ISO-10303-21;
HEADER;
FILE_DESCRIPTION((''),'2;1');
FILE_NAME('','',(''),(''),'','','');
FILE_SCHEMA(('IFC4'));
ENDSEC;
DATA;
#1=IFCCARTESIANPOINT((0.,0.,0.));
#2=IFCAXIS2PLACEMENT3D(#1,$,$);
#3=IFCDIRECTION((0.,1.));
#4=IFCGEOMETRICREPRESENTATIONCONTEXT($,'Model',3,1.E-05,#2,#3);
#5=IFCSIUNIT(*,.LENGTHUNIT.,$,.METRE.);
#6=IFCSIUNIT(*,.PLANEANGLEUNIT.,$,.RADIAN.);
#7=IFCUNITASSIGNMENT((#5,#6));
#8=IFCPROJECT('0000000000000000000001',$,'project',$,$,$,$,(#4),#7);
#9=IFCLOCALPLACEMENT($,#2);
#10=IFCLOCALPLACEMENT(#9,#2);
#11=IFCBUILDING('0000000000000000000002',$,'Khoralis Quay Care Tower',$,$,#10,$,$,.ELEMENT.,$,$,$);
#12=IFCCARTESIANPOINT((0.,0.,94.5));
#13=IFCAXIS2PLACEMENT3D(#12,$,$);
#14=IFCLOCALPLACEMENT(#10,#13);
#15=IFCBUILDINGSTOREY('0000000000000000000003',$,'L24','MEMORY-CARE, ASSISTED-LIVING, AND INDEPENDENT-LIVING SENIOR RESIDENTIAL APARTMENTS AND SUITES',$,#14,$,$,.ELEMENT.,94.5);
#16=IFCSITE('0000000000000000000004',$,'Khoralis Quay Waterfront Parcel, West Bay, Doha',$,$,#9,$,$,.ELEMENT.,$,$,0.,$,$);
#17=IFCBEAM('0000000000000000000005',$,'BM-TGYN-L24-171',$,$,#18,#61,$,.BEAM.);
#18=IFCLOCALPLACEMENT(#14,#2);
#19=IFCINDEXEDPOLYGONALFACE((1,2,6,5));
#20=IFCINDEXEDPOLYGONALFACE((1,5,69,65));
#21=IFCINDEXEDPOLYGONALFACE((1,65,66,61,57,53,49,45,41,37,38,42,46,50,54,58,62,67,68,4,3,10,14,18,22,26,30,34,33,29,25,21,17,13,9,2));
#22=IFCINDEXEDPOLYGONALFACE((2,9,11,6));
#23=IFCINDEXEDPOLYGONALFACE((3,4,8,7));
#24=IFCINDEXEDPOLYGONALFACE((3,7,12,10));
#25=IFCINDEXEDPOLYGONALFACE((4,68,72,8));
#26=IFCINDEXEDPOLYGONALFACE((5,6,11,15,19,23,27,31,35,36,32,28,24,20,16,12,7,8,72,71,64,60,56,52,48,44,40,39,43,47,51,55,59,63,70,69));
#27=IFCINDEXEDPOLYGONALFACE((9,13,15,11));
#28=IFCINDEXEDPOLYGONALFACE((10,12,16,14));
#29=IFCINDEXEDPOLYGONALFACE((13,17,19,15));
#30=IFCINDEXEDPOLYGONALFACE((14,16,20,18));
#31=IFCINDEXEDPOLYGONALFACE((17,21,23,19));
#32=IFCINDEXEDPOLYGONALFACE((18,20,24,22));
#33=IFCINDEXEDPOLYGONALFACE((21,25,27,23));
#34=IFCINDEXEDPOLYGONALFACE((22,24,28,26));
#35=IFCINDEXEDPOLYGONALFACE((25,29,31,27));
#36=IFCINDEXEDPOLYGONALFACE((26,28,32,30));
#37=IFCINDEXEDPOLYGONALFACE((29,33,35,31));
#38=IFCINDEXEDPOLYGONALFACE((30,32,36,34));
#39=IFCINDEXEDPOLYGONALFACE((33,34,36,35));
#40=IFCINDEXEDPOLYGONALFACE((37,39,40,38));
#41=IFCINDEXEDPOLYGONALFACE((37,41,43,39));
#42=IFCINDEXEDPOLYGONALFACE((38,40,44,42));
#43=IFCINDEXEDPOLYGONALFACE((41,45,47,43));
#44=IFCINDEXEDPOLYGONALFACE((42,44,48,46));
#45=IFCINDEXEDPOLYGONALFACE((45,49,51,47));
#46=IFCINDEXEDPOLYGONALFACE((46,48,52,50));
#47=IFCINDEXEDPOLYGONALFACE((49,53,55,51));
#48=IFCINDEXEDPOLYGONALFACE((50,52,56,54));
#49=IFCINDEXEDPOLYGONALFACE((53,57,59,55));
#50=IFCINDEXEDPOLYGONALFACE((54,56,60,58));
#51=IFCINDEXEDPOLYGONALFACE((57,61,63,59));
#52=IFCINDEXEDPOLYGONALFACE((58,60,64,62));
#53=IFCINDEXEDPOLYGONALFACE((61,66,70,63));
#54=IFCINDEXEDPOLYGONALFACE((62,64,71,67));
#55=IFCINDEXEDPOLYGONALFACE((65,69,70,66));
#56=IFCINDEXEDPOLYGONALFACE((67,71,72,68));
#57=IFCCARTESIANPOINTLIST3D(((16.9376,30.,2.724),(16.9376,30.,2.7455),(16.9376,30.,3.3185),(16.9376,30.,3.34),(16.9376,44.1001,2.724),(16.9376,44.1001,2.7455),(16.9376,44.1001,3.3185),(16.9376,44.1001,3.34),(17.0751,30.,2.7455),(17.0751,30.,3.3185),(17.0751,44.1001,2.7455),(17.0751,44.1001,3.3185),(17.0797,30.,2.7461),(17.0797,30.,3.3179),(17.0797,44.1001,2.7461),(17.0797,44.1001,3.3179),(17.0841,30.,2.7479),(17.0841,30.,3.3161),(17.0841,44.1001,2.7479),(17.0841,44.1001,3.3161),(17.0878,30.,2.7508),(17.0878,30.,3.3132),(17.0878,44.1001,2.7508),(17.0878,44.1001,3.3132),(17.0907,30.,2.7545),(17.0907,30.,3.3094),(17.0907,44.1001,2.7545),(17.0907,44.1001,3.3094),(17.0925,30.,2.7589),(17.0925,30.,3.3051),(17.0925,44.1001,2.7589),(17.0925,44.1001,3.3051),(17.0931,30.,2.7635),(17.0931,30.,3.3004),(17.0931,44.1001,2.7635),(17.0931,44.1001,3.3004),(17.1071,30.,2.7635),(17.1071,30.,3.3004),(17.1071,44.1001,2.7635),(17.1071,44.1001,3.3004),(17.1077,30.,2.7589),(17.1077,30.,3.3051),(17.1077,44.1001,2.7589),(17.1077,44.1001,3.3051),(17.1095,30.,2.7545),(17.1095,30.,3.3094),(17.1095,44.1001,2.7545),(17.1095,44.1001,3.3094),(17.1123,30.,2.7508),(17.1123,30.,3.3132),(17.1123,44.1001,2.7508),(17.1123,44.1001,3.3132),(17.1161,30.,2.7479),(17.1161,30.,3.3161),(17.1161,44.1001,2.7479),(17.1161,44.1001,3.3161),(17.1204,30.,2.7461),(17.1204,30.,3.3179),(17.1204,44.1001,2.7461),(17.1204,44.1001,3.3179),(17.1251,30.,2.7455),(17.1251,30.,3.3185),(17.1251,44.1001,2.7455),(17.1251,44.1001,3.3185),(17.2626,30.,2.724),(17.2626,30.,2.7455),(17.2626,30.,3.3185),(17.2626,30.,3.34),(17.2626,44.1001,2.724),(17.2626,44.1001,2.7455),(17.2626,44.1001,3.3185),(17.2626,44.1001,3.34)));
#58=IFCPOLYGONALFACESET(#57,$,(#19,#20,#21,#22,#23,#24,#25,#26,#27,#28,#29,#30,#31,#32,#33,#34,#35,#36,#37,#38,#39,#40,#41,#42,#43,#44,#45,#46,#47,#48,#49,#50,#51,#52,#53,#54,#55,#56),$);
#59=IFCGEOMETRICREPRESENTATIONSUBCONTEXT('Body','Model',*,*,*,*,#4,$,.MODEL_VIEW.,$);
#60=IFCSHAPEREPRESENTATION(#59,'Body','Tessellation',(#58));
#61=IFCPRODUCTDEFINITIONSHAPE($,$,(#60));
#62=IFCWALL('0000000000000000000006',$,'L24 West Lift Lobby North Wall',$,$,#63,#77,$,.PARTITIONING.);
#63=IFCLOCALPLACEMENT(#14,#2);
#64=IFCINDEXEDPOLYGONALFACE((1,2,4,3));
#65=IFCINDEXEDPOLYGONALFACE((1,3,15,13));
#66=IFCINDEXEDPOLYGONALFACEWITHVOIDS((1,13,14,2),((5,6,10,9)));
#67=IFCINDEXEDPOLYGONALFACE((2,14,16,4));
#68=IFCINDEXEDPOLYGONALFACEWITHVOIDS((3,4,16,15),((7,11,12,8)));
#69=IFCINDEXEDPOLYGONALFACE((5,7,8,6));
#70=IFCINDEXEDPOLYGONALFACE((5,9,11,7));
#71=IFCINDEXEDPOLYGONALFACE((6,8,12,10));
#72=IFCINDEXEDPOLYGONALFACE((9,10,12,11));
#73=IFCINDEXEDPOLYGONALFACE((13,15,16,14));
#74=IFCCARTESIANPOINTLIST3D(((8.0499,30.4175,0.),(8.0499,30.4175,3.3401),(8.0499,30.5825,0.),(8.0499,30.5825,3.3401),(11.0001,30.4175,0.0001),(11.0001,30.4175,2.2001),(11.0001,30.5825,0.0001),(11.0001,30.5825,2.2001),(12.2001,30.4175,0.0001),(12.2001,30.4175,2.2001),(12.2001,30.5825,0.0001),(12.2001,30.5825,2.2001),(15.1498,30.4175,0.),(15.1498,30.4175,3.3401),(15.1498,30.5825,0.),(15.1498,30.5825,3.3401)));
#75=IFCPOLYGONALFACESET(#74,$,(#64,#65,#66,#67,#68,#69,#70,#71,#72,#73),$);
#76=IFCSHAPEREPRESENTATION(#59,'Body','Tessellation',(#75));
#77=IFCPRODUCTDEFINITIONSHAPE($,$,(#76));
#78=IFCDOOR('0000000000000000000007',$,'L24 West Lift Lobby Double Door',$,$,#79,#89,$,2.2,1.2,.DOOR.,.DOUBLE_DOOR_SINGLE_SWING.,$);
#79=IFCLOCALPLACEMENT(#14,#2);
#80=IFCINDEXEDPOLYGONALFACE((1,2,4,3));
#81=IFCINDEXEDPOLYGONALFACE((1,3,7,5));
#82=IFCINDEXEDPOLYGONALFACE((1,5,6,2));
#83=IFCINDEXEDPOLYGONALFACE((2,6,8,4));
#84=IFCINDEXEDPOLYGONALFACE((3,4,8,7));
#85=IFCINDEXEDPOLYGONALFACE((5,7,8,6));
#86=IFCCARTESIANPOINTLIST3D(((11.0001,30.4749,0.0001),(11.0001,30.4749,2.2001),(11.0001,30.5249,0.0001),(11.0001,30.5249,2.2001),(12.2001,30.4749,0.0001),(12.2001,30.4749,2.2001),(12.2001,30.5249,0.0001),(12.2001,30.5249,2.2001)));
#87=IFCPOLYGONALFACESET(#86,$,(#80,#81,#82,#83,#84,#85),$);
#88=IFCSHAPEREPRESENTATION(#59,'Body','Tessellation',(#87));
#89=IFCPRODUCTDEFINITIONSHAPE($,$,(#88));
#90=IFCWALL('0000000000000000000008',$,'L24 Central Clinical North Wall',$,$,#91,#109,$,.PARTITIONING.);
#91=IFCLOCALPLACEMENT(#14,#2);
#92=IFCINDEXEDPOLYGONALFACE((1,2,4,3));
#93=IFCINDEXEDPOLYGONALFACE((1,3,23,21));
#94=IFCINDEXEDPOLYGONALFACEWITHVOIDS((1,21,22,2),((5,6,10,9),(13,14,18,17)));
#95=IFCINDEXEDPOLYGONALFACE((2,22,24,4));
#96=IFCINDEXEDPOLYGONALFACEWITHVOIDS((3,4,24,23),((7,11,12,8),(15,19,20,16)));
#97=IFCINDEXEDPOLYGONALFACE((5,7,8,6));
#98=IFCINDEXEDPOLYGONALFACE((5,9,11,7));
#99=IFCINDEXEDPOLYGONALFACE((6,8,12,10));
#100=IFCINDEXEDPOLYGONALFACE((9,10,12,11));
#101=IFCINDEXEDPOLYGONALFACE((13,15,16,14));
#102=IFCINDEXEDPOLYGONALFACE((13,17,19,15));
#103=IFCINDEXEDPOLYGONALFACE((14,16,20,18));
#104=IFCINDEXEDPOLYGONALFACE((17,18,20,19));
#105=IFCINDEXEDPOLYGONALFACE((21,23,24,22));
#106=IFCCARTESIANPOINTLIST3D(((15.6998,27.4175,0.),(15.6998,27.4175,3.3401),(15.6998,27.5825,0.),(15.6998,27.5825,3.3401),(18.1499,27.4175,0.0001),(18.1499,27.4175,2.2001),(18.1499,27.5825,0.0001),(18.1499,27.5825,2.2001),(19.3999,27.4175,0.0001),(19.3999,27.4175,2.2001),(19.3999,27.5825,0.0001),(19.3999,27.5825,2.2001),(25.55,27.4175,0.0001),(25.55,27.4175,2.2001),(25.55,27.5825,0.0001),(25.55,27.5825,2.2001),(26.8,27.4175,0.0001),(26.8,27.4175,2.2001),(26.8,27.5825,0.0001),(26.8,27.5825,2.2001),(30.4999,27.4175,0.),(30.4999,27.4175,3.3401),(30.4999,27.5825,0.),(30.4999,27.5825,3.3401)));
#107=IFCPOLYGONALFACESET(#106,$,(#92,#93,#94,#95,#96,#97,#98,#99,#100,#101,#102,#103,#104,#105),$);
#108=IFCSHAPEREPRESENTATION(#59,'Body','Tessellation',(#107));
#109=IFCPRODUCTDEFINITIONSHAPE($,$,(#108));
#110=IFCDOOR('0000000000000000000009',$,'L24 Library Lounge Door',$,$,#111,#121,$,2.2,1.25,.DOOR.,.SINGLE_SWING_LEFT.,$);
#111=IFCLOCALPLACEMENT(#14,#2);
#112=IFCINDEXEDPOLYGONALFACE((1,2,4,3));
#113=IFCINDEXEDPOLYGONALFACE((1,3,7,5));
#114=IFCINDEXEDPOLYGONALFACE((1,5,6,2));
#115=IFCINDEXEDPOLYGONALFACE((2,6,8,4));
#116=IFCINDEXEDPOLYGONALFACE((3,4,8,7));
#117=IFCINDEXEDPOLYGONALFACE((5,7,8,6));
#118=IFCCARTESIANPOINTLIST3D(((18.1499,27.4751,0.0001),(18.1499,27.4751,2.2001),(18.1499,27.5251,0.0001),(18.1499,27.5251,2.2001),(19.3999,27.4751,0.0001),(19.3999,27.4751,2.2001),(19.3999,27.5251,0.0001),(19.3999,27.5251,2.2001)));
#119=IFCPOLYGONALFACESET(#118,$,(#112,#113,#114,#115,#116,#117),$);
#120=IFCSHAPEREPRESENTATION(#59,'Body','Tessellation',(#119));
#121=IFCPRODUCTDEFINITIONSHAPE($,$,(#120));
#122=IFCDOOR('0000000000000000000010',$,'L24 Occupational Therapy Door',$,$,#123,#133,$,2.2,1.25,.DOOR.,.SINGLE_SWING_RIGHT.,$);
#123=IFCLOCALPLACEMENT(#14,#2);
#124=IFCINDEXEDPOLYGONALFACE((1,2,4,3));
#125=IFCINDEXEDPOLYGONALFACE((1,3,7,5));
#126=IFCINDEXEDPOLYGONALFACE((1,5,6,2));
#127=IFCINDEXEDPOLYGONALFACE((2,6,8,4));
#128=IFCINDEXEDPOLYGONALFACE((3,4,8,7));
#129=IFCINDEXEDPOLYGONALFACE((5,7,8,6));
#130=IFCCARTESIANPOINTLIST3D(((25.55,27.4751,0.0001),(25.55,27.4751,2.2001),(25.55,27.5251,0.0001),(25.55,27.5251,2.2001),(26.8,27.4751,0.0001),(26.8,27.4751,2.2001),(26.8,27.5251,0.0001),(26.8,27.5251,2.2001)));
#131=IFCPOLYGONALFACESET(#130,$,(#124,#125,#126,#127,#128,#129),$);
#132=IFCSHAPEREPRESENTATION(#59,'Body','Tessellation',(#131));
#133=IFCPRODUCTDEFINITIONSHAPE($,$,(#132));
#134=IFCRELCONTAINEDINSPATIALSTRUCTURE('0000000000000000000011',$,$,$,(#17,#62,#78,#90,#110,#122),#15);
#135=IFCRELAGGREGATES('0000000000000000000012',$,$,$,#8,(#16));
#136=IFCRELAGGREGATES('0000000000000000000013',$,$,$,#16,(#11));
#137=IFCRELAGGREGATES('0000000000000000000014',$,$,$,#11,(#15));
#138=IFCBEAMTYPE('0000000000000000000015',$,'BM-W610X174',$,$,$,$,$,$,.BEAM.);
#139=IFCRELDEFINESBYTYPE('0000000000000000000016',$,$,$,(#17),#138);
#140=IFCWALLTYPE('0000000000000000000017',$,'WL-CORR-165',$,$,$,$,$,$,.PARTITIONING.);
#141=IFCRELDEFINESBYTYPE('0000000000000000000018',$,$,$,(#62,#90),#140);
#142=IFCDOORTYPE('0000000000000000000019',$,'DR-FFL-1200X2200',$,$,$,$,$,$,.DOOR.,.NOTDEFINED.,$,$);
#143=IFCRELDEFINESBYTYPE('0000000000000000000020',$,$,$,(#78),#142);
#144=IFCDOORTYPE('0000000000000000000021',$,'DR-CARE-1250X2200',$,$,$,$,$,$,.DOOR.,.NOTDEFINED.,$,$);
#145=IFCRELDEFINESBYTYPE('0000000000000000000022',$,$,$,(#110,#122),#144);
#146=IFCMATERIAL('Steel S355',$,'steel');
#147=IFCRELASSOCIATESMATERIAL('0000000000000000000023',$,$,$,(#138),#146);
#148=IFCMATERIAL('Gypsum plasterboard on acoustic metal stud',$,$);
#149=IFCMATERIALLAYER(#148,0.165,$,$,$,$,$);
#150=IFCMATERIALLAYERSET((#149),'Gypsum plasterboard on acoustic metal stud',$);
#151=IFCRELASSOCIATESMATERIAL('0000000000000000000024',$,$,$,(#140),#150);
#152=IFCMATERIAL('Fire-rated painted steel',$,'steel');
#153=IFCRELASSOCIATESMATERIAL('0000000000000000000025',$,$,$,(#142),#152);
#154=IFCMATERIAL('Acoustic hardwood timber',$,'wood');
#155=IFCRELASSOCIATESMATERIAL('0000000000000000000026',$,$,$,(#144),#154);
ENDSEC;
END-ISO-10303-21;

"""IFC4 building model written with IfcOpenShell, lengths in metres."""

from ifc_helpers import new_model, si_unit, direction, frame, frame_2d, origin, origin_2d, place, context, subcontext, project, spatial, rectangle, i_section, extrude, source, transform, mapped, material, layer, layer_set, material_profile, profile_set, type_object, element, fill, save


model = new_model("IFC4")

# Units and contexts
model_context = context("Model", 3, precision=1e-05, world=origin(), true_north=direction((0.0, 1.0)))
body_context = subcontext(model_context, "Body", "Model", "MODEL_VIEW")
ifc_project = project(units=[si_unit("LENGTHUNIT", "METRE"), si_unit("PLANEANGLEUNIT", "RADIAN")], contexts=[model_context])

# Site, building, storey
site_placement = place(None, origin())
site = spatial("IfcSite", under=ifc_project, at=site_placement, Name="Khoralis Quay Waterfront Parcel, West Bay, Doha", CompositionType="ELEMENT", RefElevation=0.0)
building_placement = place(site_placement, origin())
building = spatial("IfcBuilding", under=site, at=building_placement, Name="Khoralis Quay Care Tower", CompositionType="ELEMENT")
storey_placement = place(building_placement, frame((0.0, 0.0, 94.5)))
storey = spatial("IfcBuildingStorey", under=building, at=storey_placement, Name="L24", Description="MEMORY-CARE, ASSISTED-LIVING, AND INDEPENDENT-LIVING SENIOR RESIDENTIAL APARTMENTS AND SUITES", CompositionType="ELEMENT", Elevation=94.5)

# Beam
ifc_material_1 = material(Name="Steel S355", Category="steel")
ifc_material_profile_1 = material_profile(ifc_material_1, i_section(OverallWidth=0.325, OverallDepth=0.616, WebThickness=0.0139, FlangeThickness=0.0215, FilletRadius=0.0181, at=origin_2d()), Name="Steel S355")
ifc_profile_set_1 = profile_set([ifc_material_profile_1], Name="Steel S355")
beam_type_1 = type_object("IfcBeamType", Name="BM-W610X174", PredefinedType="BEAM", material=ifc_profile_set_1)
shared_shape_1 = source(origin(), body_context, "Body", "SweptSolid", [
    extrude(i_section(OverallWidth=0.325, OverallDepth=0.616, WebThickness=0.0139, FlangeThickness=0.0215, FilletRadius=0.0181, at=origin_2d()), origin(), (0.0, 0.0, 1.0), 14.1001),
])
for number, where, z_axis, x_axis, name in (
    (1, (17.1001, 30.0, 3.032), (0.0, 1.0, 0.0), (-1.0, 0.0, 0.0), "BM-TGYN-L24-171"),
):
    element("IfcBeam", number, at=place(storey_placement, frame(where, z_axis=z_axis, x_axis=x_axis)), inside=storey, type_object=beam_type_1, Name=name, PredefinedType="BEAM", context=body_context, shape_type="MappedRepresentation", body=[
        mapped(shared_shape_1, transform((0.0, 0.0, 0.0), scale=1.0)),
    ])

# Wall, opening, door
ifc_material_2 = material(Name="Gypsum plasterboard on acoustic metal stud")
ifc_layer_1 = layer(ifc_material_2, 0.165)
ifc_layer_set_1 = layer_set([ifc_layer_1], Name="Gypsum plasterboard on acoustic metal stud")
wall_type_1 = type_object("IfcWallType", Name="WL-CORR-165", PredefinedType="PARTITIONING", material=ifc_layer_set_1)
wall_1_placement = place(storey_placement, frame((8.05, 30.5, 0.0), z_axis=(0.0, 0.0, 1.0), x_axis=(1.0, 0.0, 0.0)))
wall_1 = element("IfcWall", 2, at=wall_1_placement, inside=storey, type_object=wall_type_1, Name="L24 West Lift Lobby North Wall", PredefinedType="PARTITIONING", context=body_context, shape_type="SweptSolid", body=[
    extrude(rectangle(XDim=7.0999, YDim=0.165, at=frame_2d((3.5498, 0.0))), origin(), (0.0, 0.0, 1.0), 3.3401),
])
opening_1_placement = place(wall_1_placement, frame((2.95, 0.0, 0.0)))
opening_1 = element("IfcOpeningElement", 3, at=opening_1_placement, cuts=wall_1, PredefinedType="OPENING", context=body_context, shape_type="SweptSolid", body=[
    extrude(rectangle(XDim=1.2, YDim=2.2, at=frame_2d((0.6001, 1.1001))), frame((0.0, 0.0925, 0.0), z_axis=(0.0, -1.0, 0.0), x_axis=(1.0, 0.0, 0.0)), (0.0, 0.0, 1.0), 0.1851),
])
ifc_material_3 = material(Name="Fire-rated painted steel", Category="steel")
door_type_1 = type_object("IfcDoorType", Name="DR-FFL-1200X2200", OperationType="NOTDEFINED", PredefinedType="DOOR", material=ifc_material_3)
shared_shape_2 = source(origin(), body_context, "Body", "SweptSolid", [
    extrude(rectangle(XDim=1.2, YDim=2.2, at=frame_2d((0.6001, 1.1001))), frame((0.0, 0.0249, 0.0), z_axis=(0.0, -1.0, 0.0), x_axis=(1.0, 0.0, 0.0)), (0.0, 0.0, 1.0), 0.05),
])
door_1_placement = place(opening_1_placement, origin())
door_1 = element("IfcDoor", 4, at=door_1_placement, inside=storey, type_object=door_type_1, Name="L24 West Lift Lobby Double Door", OperationType="DOUBLE_DOOR_SINGLE_SWING", OverallHeight=2.2, OverallWidth=1.2, PredefinedType="DOOR", context=body_context, shape_type="MappedRepresentation", body=[
    mapped(shared_shape_2, transform((0.0, 0.0, 0.0), scale=1.0)),
])
fill(opening_1, door_1)

# Wall, openings, doors
wall_2_placement = place(storey_placement, frame((15.7, 27.5, 0.0), z_axis=(0.0, 0.0, 1.0), x_axis=(1.0, 0.0, 0.0)))
wall_2 = element("IfcWall", 5, at=wall_2_placement, inside=storey, type_object=wall_type_1, Name="L24 Central Clinical North Wall", PredefinedType="PARTITIONING", context=body_context, shape_type="SweptSolid", body=[
    extrude(rectangle(XDim=14.8, YDim=0.165, at=frame_2d((7.3999, 0.0))), origin(), (0.0, 0.0, 1.0), 3.3401),
])
opening_2_placement = place(wall_2_placement, frame((2.45, 0.0, 0.0)))
opening_2 = element("IfcOpeningElement", 6, at=opening_2_placement, cuts=wall_2, PredefinedType="OPENING", context=body_context, shape_type="SweptSolid", body=[
    extrude(rectangle(XDim=1.25, YDim=2.2, at=frame_2d((0.625, 1.1001))), frame((0.0, 0.0925, 0.0), z_axis=(0.0, -1.0, 0.0), x_axis=(1.0, 0.0, 0.0)), (0.0, 0.0, 1.0), 0.1851),
])
opening_3_placement = place(wall_2_placement, frame((9.8501, 0.0, 0.0)))
opening_3 = element("IfcOpeningElement", 7, at=opening_3_placement, cuts=wall_2, PredefinedType="OPENING", context=body_context, shape_type="SweptSolid", body=[
    extrude(rectangle(XDim=1.25, YDim=2.2, at=frame_2d((0.625, 1.1001))), frame((0.0, 0.0925, 0.0), z_axis=(0.0, -1.0, 0.0), x_axis=(1.0, 0.0, 0.0)), (0.0, 0.0, 1.0), 0.1851),
])
ifc_material_4 = material(Name="Acoustic hardwood timber", Category="wood")
door_type_2 = type_object("IfcDoorType", Name="DR-CARE-1250X2200", OperationType="NOTDEFINED", PredefinedType="DOOR", material=ifc_material_4)
shared_shape_3 = source(origin(), body_context, "Body", "SweptSolid", [
    extrude(rectangle(XDim=1.25, YDim=2.2, at=frame_2d((0.625, 1.1001))), frame((0.0, 0.0249, 0.0), z_axis=(0.0, -1.0, 0.0), x_axis=(1.0, 0.0, 0.0)), (0.0, 0.0, 1.0), 0.05),
])
door_2_placement = place(opening_2_placement, frame((1.25, 0.0, 0.0), z_axis=(0.0, 0.0, 1.0), x_axis=(-1.0, 0.0, 0.0)))
door_2 = element("IfcDoor", 8, at=door_2_placement, inside=storey, type_object=door_type_2, Name="L24 Library Lounge Door", OperationType="SINGLE_SWING_LEFT", OverallHeight=2.2, OverallWidth=1.25, PredefinedType="DOOR", context=body_context, shape_type="MappedRepresentation", body=[
    mapped(shared_shape_3, transform((0.0, 0.0, 0.0), scale=1.0)),
])
fill(opening_2, door_2)
door_3_placement = place(opening_3_placement, frame((1.25, 0.0, 0.0), z_axis=(0.0, 0.0, 1.0), x_axis=(-1.0, 0.0, 0.0)))
door_3 = element("IfcDoor", 9, at=door_3_placement, inside=storey, type_object=door_type_2, Name="L24 Occupational Therapy Door", OperationType="SINGLE_SWING_RIGHT", OverallHeight=2.2, OverallWidth=1.25, PredefinedType="DOOR", context=body_context, shape_type="MappedRepresentation", body=[
    mapped(shared_shape_3, transform((0.0, 0.0, 0.0), scale=1.0)),
])
fill(opening_3, door_3)

save(model, "model.ifc")
